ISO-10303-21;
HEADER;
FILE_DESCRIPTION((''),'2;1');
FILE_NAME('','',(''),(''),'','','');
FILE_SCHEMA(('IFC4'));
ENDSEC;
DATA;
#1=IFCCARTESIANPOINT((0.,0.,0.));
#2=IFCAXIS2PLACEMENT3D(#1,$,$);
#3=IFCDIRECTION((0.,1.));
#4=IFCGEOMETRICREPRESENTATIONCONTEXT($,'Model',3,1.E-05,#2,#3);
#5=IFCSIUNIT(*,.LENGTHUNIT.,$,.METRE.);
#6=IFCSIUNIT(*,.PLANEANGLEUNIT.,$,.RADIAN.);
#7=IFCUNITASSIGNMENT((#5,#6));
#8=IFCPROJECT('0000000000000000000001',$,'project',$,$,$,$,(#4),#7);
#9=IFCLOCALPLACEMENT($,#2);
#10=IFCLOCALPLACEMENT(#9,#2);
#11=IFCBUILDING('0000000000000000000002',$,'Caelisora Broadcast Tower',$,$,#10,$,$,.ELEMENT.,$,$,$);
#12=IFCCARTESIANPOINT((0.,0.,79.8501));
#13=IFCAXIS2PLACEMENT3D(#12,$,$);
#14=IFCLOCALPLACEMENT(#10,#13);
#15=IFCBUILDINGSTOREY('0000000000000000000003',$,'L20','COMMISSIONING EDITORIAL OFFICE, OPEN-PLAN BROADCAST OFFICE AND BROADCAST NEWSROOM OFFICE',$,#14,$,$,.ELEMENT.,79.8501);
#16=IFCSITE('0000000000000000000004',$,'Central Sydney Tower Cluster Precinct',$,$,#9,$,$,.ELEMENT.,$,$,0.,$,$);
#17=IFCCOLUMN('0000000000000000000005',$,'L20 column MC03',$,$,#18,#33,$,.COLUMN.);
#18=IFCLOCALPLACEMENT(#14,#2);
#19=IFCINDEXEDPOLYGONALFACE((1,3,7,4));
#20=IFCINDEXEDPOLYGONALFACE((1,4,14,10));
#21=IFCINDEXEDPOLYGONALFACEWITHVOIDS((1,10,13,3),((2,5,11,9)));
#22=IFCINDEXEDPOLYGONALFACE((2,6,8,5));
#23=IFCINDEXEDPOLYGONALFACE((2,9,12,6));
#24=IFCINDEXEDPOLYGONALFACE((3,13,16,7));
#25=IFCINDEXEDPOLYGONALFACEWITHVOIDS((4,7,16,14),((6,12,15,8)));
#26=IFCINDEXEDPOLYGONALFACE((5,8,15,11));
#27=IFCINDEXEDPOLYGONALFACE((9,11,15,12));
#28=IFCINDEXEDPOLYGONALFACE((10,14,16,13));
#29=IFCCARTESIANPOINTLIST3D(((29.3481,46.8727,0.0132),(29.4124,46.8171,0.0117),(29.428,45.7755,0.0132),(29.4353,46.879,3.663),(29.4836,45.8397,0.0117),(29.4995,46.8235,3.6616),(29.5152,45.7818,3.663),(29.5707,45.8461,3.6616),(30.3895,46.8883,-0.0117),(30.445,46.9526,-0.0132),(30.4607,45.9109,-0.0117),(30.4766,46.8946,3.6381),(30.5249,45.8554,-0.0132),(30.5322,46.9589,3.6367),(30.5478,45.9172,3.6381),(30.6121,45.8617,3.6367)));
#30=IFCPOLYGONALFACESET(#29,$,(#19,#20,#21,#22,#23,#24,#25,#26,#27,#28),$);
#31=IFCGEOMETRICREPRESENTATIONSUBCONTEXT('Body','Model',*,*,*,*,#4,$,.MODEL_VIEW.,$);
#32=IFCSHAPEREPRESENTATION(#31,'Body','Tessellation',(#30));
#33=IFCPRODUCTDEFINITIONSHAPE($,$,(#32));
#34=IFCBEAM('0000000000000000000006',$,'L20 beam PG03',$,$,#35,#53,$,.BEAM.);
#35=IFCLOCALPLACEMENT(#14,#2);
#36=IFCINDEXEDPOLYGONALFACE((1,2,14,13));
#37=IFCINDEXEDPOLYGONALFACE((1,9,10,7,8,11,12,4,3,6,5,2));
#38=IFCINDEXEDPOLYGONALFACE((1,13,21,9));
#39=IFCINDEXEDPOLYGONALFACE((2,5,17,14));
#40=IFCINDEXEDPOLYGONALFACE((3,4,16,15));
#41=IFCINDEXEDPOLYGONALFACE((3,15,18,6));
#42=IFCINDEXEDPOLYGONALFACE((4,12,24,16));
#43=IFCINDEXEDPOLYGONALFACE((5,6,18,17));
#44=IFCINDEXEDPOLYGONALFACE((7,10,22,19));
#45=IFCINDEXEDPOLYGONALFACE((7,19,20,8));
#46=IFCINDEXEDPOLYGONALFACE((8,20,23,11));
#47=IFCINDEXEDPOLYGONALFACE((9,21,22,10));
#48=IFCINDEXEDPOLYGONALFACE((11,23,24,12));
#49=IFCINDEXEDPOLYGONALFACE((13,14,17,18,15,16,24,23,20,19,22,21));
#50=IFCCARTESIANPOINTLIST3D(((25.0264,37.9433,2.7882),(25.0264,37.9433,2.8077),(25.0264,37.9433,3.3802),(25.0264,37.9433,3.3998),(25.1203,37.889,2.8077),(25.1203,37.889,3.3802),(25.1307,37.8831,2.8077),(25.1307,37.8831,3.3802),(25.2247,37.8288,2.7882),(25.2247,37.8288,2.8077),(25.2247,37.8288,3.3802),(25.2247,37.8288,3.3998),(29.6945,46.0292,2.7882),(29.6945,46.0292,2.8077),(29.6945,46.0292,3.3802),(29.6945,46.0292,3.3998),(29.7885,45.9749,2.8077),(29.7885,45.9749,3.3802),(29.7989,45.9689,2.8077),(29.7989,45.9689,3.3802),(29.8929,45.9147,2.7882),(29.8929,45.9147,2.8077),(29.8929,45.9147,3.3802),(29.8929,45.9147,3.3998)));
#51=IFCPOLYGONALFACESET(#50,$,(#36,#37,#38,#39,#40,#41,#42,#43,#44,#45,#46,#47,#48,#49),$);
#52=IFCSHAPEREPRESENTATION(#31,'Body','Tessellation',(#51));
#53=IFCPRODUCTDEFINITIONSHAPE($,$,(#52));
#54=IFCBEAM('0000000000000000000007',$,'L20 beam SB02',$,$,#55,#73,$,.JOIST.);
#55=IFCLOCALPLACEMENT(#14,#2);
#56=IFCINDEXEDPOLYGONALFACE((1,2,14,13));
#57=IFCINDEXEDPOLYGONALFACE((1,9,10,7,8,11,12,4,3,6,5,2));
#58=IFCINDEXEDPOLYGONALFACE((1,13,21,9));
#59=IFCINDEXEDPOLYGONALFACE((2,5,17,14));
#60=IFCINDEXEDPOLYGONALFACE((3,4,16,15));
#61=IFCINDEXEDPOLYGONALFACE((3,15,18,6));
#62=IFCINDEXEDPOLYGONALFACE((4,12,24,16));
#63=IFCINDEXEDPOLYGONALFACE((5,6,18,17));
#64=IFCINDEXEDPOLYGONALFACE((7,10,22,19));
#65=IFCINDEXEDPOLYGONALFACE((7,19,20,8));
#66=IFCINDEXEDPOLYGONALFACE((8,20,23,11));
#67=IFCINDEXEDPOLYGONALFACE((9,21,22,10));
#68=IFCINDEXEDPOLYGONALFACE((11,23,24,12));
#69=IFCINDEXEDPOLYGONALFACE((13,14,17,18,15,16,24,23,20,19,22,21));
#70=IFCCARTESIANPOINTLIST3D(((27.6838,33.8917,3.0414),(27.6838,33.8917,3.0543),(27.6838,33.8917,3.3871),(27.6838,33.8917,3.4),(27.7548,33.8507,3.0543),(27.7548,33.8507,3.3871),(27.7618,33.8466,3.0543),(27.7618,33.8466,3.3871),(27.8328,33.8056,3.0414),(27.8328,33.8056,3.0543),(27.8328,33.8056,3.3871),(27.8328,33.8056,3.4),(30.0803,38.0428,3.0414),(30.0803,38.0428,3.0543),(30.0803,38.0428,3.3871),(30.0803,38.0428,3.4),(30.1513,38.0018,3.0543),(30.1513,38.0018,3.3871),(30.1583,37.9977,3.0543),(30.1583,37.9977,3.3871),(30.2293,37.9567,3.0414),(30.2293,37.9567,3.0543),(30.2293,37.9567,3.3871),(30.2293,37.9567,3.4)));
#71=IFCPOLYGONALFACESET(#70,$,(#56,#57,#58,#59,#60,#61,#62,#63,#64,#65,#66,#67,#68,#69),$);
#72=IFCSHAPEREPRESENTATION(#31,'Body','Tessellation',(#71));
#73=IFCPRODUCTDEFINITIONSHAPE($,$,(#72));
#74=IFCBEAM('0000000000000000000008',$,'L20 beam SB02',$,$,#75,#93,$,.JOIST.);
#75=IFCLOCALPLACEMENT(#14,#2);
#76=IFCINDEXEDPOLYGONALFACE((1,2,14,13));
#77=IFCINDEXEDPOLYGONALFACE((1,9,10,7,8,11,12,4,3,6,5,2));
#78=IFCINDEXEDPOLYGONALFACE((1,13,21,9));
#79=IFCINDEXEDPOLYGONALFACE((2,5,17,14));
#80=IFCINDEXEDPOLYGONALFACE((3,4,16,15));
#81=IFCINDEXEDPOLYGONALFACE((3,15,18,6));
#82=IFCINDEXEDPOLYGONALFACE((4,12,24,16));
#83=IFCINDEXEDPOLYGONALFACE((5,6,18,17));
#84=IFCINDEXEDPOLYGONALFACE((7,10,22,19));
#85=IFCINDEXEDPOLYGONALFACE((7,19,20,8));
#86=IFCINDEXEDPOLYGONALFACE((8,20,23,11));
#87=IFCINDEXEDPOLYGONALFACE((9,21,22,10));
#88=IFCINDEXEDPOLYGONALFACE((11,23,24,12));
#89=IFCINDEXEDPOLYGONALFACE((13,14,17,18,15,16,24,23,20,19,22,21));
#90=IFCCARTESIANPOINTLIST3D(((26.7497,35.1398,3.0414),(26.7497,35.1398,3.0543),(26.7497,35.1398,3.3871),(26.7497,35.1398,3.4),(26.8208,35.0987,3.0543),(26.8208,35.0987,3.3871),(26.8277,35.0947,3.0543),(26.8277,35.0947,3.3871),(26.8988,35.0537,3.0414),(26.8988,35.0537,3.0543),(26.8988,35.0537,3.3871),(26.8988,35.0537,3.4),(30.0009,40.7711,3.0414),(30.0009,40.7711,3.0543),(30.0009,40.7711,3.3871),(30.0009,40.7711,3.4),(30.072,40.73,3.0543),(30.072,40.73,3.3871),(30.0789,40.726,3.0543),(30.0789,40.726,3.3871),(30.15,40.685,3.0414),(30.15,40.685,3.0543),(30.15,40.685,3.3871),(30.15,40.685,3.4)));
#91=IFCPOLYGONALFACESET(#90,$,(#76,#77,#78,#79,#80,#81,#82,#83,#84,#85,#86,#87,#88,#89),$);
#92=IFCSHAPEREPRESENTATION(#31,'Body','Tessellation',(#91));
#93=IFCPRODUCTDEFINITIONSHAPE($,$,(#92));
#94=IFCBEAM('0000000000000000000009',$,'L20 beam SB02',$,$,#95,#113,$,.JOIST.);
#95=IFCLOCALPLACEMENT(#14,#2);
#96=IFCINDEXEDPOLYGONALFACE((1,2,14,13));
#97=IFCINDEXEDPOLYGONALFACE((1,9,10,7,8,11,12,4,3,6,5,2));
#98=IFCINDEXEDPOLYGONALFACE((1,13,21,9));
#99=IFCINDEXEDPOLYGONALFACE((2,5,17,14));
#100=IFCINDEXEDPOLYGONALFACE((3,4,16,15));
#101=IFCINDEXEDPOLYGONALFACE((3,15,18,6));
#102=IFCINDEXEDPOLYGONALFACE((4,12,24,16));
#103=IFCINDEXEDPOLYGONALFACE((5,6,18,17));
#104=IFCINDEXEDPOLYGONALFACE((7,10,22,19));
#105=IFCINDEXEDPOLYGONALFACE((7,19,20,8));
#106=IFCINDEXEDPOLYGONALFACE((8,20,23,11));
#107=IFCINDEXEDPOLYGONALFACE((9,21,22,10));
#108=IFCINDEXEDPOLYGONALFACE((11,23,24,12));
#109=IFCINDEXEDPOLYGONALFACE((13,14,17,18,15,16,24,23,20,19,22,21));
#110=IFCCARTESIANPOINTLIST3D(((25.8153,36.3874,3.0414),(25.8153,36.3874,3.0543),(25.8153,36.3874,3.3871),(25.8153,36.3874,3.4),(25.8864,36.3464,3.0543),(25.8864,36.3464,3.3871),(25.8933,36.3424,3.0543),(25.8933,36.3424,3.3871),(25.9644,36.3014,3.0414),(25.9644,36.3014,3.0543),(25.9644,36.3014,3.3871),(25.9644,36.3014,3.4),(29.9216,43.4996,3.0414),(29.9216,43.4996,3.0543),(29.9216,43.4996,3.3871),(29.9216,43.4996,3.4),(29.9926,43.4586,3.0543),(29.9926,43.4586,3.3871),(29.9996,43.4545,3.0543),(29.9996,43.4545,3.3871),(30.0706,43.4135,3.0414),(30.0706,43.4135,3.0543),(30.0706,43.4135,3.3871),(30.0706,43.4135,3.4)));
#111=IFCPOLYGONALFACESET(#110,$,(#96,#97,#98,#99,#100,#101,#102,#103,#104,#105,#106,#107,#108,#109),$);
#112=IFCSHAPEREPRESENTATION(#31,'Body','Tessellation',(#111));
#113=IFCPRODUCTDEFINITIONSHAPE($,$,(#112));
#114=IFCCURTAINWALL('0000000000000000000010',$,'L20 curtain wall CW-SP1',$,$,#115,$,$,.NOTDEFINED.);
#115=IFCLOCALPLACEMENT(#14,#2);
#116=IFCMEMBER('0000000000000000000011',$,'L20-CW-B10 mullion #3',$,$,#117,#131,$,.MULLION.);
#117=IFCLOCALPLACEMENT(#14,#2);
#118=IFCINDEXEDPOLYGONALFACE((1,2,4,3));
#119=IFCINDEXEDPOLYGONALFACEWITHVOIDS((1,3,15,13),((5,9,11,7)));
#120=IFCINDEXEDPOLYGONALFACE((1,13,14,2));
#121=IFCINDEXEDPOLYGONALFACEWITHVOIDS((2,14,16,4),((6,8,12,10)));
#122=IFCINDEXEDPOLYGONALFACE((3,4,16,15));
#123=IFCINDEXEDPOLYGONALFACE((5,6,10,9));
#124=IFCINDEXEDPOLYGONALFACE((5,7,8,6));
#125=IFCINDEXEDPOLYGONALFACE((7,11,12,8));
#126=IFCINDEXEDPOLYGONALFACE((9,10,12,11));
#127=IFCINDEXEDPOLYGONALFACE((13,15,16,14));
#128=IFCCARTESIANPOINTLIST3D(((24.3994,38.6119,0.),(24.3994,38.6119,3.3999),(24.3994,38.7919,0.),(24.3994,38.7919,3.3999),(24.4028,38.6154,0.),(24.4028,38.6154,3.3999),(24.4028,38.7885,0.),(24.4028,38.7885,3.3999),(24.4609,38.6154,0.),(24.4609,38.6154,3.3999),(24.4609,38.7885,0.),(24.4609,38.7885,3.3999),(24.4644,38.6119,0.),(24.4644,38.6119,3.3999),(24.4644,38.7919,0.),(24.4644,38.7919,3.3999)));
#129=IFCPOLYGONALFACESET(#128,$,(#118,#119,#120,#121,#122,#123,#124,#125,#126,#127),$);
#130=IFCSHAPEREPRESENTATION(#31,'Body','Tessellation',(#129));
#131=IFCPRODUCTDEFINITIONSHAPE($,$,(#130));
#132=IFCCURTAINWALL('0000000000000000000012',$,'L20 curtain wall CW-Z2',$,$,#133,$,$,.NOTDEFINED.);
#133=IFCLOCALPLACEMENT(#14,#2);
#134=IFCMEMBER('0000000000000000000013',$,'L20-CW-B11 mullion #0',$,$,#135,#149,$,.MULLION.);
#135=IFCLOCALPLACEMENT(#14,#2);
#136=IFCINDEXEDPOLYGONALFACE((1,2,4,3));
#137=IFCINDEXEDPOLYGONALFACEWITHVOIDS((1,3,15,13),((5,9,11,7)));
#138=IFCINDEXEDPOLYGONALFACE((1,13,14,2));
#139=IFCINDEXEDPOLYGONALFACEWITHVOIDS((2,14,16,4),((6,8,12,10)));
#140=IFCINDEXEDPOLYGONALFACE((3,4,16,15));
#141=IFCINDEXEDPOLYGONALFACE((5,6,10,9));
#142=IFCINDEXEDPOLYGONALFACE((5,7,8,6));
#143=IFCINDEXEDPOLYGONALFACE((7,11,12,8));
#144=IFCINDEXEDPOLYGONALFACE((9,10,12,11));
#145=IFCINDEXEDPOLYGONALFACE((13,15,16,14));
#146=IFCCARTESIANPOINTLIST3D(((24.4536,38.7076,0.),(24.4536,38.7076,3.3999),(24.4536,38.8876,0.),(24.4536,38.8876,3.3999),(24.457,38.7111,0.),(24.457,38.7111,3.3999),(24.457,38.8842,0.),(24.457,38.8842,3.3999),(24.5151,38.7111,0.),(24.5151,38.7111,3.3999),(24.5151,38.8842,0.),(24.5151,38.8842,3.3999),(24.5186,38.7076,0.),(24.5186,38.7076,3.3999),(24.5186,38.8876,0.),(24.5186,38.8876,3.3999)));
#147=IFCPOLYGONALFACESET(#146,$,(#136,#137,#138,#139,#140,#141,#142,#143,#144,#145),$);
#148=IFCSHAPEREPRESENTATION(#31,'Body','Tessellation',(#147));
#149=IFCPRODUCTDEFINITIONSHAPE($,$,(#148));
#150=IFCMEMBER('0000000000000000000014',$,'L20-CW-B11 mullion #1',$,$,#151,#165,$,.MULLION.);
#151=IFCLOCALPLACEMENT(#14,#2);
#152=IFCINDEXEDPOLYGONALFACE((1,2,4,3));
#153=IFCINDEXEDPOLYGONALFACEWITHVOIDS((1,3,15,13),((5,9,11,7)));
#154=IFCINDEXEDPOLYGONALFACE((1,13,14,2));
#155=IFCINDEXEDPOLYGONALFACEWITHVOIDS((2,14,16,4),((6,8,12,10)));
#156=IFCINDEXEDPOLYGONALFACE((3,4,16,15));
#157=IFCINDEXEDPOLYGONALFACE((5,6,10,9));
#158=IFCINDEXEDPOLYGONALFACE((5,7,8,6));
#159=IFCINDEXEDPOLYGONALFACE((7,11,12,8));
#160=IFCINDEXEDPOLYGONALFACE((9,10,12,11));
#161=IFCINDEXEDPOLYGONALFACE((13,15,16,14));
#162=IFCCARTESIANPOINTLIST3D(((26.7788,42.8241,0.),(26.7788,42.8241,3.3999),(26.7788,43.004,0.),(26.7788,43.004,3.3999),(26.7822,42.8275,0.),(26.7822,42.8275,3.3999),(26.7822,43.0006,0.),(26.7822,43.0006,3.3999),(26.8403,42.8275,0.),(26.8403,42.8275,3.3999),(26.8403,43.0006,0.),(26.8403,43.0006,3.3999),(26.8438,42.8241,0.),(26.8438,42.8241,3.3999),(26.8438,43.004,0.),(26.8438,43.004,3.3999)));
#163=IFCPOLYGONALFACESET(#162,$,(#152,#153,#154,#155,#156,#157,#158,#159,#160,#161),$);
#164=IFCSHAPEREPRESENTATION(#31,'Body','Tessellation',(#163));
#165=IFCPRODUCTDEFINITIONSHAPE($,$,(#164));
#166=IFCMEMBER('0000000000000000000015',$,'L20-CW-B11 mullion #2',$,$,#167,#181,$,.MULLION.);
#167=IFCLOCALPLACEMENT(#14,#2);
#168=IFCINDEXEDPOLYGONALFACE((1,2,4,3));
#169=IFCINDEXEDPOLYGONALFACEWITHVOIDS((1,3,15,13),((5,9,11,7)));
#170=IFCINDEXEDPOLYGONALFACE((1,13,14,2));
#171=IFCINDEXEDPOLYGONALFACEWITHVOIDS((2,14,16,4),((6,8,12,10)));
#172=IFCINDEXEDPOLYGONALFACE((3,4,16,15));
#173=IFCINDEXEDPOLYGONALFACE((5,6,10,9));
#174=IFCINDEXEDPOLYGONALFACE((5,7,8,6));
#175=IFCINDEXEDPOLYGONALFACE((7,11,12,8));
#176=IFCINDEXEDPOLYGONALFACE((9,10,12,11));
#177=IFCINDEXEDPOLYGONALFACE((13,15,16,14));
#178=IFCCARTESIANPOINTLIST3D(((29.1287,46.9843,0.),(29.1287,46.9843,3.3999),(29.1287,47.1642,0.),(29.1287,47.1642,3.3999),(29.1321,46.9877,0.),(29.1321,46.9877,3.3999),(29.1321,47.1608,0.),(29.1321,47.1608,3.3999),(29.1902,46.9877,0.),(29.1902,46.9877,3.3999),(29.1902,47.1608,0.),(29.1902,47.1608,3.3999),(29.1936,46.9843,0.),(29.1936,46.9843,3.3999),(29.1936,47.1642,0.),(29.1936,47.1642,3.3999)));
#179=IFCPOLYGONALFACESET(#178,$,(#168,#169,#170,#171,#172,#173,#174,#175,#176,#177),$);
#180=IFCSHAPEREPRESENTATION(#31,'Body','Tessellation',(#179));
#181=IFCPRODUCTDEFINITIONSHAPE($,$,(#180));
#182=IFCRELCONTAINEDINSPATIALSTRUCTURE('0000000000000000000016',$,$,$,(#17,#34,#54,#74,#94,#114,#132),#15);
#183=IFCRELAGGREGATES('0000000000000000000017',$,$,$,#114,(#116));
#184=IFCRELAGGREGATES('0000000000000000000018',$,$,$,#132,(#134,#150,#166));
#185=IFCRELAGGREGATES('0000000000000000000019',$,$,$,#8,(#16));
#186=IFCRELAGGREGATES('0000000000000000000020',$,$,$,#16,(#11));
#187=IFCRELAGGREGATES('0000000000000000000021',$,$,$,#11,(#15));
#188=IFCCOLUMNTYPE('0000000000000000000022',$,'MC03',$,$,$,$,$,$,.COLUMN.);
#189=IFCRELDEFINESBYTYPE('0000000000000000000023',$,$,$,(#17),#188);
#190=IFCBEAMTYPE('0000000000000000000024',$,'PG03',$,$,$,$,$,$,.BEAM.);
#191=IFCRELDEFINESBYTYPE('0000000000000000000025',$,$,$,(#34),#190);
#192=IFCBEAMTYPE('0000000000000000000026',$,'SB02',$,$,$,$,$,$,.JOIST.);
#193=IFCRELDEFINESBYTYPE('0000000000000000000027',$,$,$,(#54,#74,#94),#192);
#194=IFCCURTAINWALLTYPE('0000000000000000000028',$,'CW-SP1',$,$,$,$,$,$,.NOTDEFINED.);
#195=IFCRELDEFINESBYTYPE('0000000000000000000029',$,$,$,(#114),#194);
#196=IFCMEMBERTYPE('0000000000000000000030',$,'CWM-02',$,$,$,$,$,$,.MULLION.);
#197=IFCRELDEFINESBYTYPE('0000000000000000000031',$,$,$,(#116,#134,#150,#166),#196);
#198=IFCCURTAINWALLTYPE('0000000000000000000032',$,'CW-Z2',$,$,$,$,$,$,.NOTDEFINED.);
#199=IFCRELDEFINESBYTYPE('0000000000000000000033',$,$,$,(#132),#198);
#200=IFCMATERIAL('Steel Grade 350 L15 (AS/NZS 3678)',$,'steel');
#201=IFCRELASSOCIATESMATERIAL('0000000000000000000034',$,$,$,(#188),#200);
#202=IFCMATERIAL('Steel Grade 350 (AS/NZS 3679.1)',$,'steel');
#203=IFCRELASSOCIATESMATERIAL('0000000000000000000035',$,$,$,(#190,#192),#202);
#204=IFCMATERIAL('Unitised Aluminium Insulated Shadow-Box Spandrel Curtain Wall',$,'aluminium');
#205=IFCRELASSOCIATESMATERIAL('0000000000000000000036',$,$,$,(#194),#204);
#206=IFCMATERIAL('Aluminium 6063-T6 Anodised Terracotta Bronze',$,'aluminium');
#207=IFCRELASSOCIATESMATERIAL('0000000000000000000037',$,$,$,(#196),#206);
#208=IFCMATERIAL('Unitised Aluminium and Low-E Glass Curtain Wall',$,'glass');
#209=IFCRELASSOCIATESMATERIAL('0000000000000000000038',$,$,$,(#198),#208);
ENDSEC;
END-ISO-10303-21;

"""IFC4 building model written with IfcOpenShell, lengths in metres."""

from ifc_helpers import new_model, si_unit, direction, frame, origin, origin_2d, place, context, subcontext, project, spatial, hollow_rectangle, i_section, extrude, source, transform, mapped, material, material_profile, profile_set, type_object, type_shapes, element, aggregate, save


model = new_model("IFC4")

# Units and contexts
model_context = context("Model", 3, precision=1e-05, world=origin(), true_north=direction((0.0, 1.0)))
body_context = subcontext(model_context, "Body", "Model", "MODEL_VIEW")
ifc_project = project(units=[si_unit("LENGTHUNIT", "METRE"), si_unit("PLANEANGLEUNIT", "RADIAN")], contexts=[model_context])

# Site, building, storey
site_placement = place(None, origin())
site = spatial("IfcSite", under=ifc_project, at=site_placement, Name="Central Sydney Tower Cluster Precinct", CompositionType="ELEMENT", RefElevation=0.0)
building_placement = place(site_placement, origin())
building = spatial("IfcBuilding", under=site, at=building_placement, Name="Caelisora Broadcast Tower", CompositionType="ELEMENT")
storey_placement = place(building_placement, frame((0.0, 0.0, 79.8501)))
storey = spatial("IfcBuildingStorey", under=building, at=storey_placement, Name="L20", Description="COMMISSIONING EDITORIAL OFFICE, OPEN-PLAN BROADCAST OFFICE AND BROADCAST NEWSROOM OFFICE", CompositionType="ELEMENT", Elevation=79.8501)

# Column
ifc_material_1 = material(Name="Steel Grade 350 L15 (AS/NZS 3678)", Category="steel")
ifc_material_profile_1 = material_profile(ifc_material_1, hollow_rectangle(XDim=1.1001, YDim=1.1001, WallThickness=0.0601, at=origin_2d()), Name="Steel Grade 350 L15 (AS/NZS 3678)")
ifc_profile_set_1 = profile_set([ifc_material_profile_1], Name="Steel Grade 350 L15 (AS/NZS 3678)")
column_type = type_object("IfcColumnType", Name="MC03", PredefinedType="COLUMN", material=ifc_profile_set_1)
shared_shape_1 = source(origin(), body_context, "Body", "SweptSolid", [
    extrude(hollow_rectangle(XDim=1.1001, YDim=1.1001, WallThickness=0.0601, at=origin_2d()), origin(), (0.0, 0.0, 1.0), 3.6509),
])
type_shapes(column_type, [shared_shape_1])
column_placement = place(storey_placement, frame((29.9365, 46.364, 0.0), z_axis=(0.023873, 0.001739, 0.999713), x_axis=(-0.072637, 0.997358, 0.0)))
element("IfcColumn", 1, at=column_placement, inside=storey, type_object=column_type, Name="L20 column MC03", PredefinedType="COLUMN", context=body_context, shape_type="MappedRepresentation", body=[
    mapped(shared_shape_1, transform((0.0, 0.0, 0.0), scale=1.0)),
])

# Beams
ifc_material_2 = material(Name="Steel Grade 350 (AS/NZS 3679.1)", Category="steel")
ifc_material_profile_2 = material_profile(ifc_material_2, i_section(OverallWidth=0.229, OverallDepth=0.6116, WebThickness=0.012, FlangeThickness=0.0195, at=origin_2d()), Name="Steel Grade 350 (AS/NZS 3679.1)")
ifc_profile_set_2 = profile_set([ifc_material_profile_2], Name="Steel Grade 350 (AS/NZS 3679.1)")
beam_type_1 = type_object("IfcBeamType", Name="PG03", PredefinedType="BEAM", material=ifc_profile_set_2)
shared_shape_2 = source(origin(), body_context, "Body", "SweptSolid", [
    extrude(i_section(OverallWidth=0.229, OverallDepth=0.6116, WebThickness=0.012, FlangeThickness=0.0195, at=origin_2d()), origin(), (0.0, 0.0, 1.0), 9.3367),
])
type_shapes(beam_type_1, [shared_shape_2])
beam_1_placement = place(storey_placement, frame((29.7937, 45.9719, 3.094), z_axis=(-0.499984, -0.866035, 0.0), x_axis=(0.866035, -0.499984, 0.0)))
element("IfcBeam", 2, at=beam_1_placement, inside=storey, type_object=beam_type_1, Name="L20 beam PG03", PredefinedType="BEAM", context=body_context, shape_type="MappedRepresentation", body=[
    mapped(shared_shape_2, transform((0.0, 0.0, 0.0), scale=1.0)),
])
ifc_material_profile_3 = material_profile(ifc_material_2, i_section(OverallWidth=0.1721, OverallDepth=0.3586, WebThickness=0.0081, FlangeThickness=0.0129, at=origin_2d()), Name="Steel Grade 350 (AS/NZS 3679.1)")
ifc_profile_set_3 = profile_set([ifc_material_profile_3], Name="Steel Grade 350 (AS/NZS 3679.1)")
beam_type_2 = type_object("IfcBeamType", Name="SB02", PredefinedType="JOIST", material=ifc_profile_set_3)
shared_shape_3 = source(origin(), body_context, "Body", "SweptSolid", [
    extrude(i_section(OverallWidth=0.1721, OverallDepth=0.3586, WebThickness=0.0081, FlangeThickness=0.0129, at=origin_2d()), origin(), (0.0, 0.0, 1.0), 4.7932),
])
beam_2_placement = place(storey_placement, frame((30.1548, 37.9998, 3.2207), z_axis=(-0.499974, -0.866041, 0.0), x_axis=(0.866041, -0.499974, 0.0)))
element("IfcBeam", 3, at=beam_2_placement, inside=storey, type_object=beam_type_2, Name="L20 beam SB02", PredefinedType="JOIST", context=body_context, shape_type="MappedRepresentation", body=[
    mapped(shared_shape_3, transform((0.0, 0.0, 0.0), scale=1.0)),
])
shared_shape_4 = source(origin(), body_context, "Body", "SweptSolid", [
    extrude(i_section(OverallWidth=0.1721, OverallDepth=0.3586, WebThickness=0.0081, FlangeThickness=0.0129, at=origin_2d()), origin(), (0.0, 0.0, 1.0), 6.5024),
])
beam_3_placement = place(storey_placement, frame((30.0754, 40.728, 3.2207), z_axis=(-0.499995, -0.866028, 0.0), x_axis=(0.866028, -0.499995, 0.0)))
element("IfcBeam", 4, at=beam_3_placement, inside=storey, type_object=beam_type_2, Name="L20 beam SB02", PredefinedType="JOIST", context=body_context, shape_type="MappedRepresentation", body=[
    mapped(shared_shape_4, transform((0.0, 0.0, 0.0), scale=1.0)),
])
shared_shape_5 = source(origin(), body_context, "Body", "SweptSolid", [
    extrude(i_section(OverallWidth=0.1721, OverallDepth=0.3586, WebThickness=0.0081, FlangeThickness=0.0129, at=origin_2d()), origin(), (0.0, 0.0, 1.0), 8.2124),
])
type_shapes(beam_type_2, [shared_shape_3, shared_shape_4, shared_shape_5])
beam_4_placement = place(storey_placement, frame((29.9961, 43.4565, 3.2207), z_axis=(-0.500005, -0.866023, 0.0), x_axis=(0.866023, -0.500005, 0.0)))
element("IfcBeam", 5, at=beam_4_placement, inside=storey, type_object=beam_type_2, Name="L20 beam SB02", PredefinedType="JOIST", context=body_context, shape_type="MappedRepresentation", body=[
    mapped(shared_shape_5, transform((0.0, 0.0, 0.0), scale=1.0)),
])

# Curtain wall, member
ifc_material_3 = material(Name="Unitised Aluminium Insulated Shadow-Box Spandrel Curtain Wall", Category="aluminium")
curtain_wall_type_1 = type_object("IfcCurtainWallType", Name="CW-SP1", PredefinedType="NOTDEFINED", material=ifc_material_3)
curtain_wall_1_placement = place(storey_placement, origin())
curtain_wall_1 = element("IfcCurtainWall", 6, at=curtain_wall_1_placement, inside=storey, type_object=curtain_wall_type_1, Name="L20 curtain wall CW-SP1", PredefinedType="NOTDEFINED")
ifc_material_4 = material(Name="Aluminium 6063-T6 Anodised Terracotta Bronze", Category="aluminium")
ifc_material_profile_4 = material_profile(ifc_material_4, hollow_rectangle(XDim=0.0649, YDim=0.1799, WallThickness=0.0034, at=origin_2d()), Name="Aluminium 6063-T6 Anodised Terracotta Bronze")
ifc_profile_set_4 = profile_set([ifc_material_profile_4], Name="Aluminium 6063-T6 Anodised Terracotta Bronze")
member_type_1 = type_object("IfcMemberType", Name="CWM-02", PredefinedType="MULLION", material=ifc_profile_set_4)
shared_shape_6 = source(origin(), body_context, "Body", "SweptSolid", [
    extrude(hollow_rectangle(XDim=0.0649, YDim=0.1799, WallThickness=0.0034, at=origin_2d()), origin(), (0.0, 0.0, 1.0), 3.3999),
])
type_shapes(member_type_1, [shared_shape_6])
member_1_placement = place(storey_placement, frame((24.4319, 38.7019, 0.0), z_axis=(0.0, 0.0, 1.0), x_axis=(1.0, 0.0, 0.0)))
member_1 = element("IfcMember", 7, at=member_1_placement, type_object=member_type_1, Name="L20-CW-B10 mullion #3", PredefinedType="MULLION", context=body_context, shape_type="MappedRepresentation", body=[
    mapped(shared_shape_6, transform((0.0, 0.0, 0.0), scale=1.0)),
])
aggregate(curtain_wall_1, [member_1])

# Curtain wall, members
ifc_material_5 = material(Name="Unitised Aluminium and Low-E Glass Curtain Wall", Category="glass")
curtain_wall_type_2 = type_object("IfcCurtainWallType", Name="CW-Z2", PredefinedType="NOTDEFINED", material=ifc_material_5)
curtain_wall_2_placement = place(storey_placement, origin())
curtain_wall_2 = element("IfcCurtainWall", 8, at=curtain_wall_2_placement, inside=storey, type_object=curtain_wall_type_2, Name="L20 curtain wall CW-Z2", PredefinedType="NOTDEFINED")
member_2_placement = place(storey_placement, frame((24.4861, 38.7976, 0.0), z_axis=(0.0, 0.0, 1.0), x_axis=(1.0, 0.0, 0.0)))
member_2 = element("IfcMember", 9, at=member_2_placement, type_object=member_type_1, Name="L20-CW-B11 mullion #0", PredefinedType="MULLION", context=body_context, shape_type="MappedRepresentation", body=[
    mapped(shared_shape_6, transform((0.0, 0.0, 0.0), scale=1.0)),
])
member_3_placement = place(storey_placement, frame((26.8113, 42.9141, 0.0), z_axis=(0.0, 0.0, 1.0), x_axis=(1.0, 0.0, 0.0)))
member_3 = element("IfcMember", 10, at=member_3_placement, type_object=member_type_1, Name="L20-CW-B11 mullion #1", PredefinedType="MULLION", context=body_context, shape_type="MappedRepresentation", body=[
    mapped(shared_shape_6, transform((0.0, 0.0, 0.0), scale=1.0)),
])
member_4_placement = place(storey_placement, frame((29.1611, 47.0742, 0.0), z_axis=(0.0, 0.0, 1.0), x_axis=(1.0, 0.0, 0.0)))
member_4 = element("IfcMember", 11, at=member_4_placement, type_object=member_type_1, Name="L20-CW-B11 mullion #2", PredefinedType="MULLION", context=body_context, shape_type="MappedRepresentation", body=[
    mapped(shared_shape_6, transform((0.0, 0.0, 0.0), scale=1.0)),
])

aggregate(curtain_wall_2, [member_2, member_3, member_4])

save(model, "model.ifc")
